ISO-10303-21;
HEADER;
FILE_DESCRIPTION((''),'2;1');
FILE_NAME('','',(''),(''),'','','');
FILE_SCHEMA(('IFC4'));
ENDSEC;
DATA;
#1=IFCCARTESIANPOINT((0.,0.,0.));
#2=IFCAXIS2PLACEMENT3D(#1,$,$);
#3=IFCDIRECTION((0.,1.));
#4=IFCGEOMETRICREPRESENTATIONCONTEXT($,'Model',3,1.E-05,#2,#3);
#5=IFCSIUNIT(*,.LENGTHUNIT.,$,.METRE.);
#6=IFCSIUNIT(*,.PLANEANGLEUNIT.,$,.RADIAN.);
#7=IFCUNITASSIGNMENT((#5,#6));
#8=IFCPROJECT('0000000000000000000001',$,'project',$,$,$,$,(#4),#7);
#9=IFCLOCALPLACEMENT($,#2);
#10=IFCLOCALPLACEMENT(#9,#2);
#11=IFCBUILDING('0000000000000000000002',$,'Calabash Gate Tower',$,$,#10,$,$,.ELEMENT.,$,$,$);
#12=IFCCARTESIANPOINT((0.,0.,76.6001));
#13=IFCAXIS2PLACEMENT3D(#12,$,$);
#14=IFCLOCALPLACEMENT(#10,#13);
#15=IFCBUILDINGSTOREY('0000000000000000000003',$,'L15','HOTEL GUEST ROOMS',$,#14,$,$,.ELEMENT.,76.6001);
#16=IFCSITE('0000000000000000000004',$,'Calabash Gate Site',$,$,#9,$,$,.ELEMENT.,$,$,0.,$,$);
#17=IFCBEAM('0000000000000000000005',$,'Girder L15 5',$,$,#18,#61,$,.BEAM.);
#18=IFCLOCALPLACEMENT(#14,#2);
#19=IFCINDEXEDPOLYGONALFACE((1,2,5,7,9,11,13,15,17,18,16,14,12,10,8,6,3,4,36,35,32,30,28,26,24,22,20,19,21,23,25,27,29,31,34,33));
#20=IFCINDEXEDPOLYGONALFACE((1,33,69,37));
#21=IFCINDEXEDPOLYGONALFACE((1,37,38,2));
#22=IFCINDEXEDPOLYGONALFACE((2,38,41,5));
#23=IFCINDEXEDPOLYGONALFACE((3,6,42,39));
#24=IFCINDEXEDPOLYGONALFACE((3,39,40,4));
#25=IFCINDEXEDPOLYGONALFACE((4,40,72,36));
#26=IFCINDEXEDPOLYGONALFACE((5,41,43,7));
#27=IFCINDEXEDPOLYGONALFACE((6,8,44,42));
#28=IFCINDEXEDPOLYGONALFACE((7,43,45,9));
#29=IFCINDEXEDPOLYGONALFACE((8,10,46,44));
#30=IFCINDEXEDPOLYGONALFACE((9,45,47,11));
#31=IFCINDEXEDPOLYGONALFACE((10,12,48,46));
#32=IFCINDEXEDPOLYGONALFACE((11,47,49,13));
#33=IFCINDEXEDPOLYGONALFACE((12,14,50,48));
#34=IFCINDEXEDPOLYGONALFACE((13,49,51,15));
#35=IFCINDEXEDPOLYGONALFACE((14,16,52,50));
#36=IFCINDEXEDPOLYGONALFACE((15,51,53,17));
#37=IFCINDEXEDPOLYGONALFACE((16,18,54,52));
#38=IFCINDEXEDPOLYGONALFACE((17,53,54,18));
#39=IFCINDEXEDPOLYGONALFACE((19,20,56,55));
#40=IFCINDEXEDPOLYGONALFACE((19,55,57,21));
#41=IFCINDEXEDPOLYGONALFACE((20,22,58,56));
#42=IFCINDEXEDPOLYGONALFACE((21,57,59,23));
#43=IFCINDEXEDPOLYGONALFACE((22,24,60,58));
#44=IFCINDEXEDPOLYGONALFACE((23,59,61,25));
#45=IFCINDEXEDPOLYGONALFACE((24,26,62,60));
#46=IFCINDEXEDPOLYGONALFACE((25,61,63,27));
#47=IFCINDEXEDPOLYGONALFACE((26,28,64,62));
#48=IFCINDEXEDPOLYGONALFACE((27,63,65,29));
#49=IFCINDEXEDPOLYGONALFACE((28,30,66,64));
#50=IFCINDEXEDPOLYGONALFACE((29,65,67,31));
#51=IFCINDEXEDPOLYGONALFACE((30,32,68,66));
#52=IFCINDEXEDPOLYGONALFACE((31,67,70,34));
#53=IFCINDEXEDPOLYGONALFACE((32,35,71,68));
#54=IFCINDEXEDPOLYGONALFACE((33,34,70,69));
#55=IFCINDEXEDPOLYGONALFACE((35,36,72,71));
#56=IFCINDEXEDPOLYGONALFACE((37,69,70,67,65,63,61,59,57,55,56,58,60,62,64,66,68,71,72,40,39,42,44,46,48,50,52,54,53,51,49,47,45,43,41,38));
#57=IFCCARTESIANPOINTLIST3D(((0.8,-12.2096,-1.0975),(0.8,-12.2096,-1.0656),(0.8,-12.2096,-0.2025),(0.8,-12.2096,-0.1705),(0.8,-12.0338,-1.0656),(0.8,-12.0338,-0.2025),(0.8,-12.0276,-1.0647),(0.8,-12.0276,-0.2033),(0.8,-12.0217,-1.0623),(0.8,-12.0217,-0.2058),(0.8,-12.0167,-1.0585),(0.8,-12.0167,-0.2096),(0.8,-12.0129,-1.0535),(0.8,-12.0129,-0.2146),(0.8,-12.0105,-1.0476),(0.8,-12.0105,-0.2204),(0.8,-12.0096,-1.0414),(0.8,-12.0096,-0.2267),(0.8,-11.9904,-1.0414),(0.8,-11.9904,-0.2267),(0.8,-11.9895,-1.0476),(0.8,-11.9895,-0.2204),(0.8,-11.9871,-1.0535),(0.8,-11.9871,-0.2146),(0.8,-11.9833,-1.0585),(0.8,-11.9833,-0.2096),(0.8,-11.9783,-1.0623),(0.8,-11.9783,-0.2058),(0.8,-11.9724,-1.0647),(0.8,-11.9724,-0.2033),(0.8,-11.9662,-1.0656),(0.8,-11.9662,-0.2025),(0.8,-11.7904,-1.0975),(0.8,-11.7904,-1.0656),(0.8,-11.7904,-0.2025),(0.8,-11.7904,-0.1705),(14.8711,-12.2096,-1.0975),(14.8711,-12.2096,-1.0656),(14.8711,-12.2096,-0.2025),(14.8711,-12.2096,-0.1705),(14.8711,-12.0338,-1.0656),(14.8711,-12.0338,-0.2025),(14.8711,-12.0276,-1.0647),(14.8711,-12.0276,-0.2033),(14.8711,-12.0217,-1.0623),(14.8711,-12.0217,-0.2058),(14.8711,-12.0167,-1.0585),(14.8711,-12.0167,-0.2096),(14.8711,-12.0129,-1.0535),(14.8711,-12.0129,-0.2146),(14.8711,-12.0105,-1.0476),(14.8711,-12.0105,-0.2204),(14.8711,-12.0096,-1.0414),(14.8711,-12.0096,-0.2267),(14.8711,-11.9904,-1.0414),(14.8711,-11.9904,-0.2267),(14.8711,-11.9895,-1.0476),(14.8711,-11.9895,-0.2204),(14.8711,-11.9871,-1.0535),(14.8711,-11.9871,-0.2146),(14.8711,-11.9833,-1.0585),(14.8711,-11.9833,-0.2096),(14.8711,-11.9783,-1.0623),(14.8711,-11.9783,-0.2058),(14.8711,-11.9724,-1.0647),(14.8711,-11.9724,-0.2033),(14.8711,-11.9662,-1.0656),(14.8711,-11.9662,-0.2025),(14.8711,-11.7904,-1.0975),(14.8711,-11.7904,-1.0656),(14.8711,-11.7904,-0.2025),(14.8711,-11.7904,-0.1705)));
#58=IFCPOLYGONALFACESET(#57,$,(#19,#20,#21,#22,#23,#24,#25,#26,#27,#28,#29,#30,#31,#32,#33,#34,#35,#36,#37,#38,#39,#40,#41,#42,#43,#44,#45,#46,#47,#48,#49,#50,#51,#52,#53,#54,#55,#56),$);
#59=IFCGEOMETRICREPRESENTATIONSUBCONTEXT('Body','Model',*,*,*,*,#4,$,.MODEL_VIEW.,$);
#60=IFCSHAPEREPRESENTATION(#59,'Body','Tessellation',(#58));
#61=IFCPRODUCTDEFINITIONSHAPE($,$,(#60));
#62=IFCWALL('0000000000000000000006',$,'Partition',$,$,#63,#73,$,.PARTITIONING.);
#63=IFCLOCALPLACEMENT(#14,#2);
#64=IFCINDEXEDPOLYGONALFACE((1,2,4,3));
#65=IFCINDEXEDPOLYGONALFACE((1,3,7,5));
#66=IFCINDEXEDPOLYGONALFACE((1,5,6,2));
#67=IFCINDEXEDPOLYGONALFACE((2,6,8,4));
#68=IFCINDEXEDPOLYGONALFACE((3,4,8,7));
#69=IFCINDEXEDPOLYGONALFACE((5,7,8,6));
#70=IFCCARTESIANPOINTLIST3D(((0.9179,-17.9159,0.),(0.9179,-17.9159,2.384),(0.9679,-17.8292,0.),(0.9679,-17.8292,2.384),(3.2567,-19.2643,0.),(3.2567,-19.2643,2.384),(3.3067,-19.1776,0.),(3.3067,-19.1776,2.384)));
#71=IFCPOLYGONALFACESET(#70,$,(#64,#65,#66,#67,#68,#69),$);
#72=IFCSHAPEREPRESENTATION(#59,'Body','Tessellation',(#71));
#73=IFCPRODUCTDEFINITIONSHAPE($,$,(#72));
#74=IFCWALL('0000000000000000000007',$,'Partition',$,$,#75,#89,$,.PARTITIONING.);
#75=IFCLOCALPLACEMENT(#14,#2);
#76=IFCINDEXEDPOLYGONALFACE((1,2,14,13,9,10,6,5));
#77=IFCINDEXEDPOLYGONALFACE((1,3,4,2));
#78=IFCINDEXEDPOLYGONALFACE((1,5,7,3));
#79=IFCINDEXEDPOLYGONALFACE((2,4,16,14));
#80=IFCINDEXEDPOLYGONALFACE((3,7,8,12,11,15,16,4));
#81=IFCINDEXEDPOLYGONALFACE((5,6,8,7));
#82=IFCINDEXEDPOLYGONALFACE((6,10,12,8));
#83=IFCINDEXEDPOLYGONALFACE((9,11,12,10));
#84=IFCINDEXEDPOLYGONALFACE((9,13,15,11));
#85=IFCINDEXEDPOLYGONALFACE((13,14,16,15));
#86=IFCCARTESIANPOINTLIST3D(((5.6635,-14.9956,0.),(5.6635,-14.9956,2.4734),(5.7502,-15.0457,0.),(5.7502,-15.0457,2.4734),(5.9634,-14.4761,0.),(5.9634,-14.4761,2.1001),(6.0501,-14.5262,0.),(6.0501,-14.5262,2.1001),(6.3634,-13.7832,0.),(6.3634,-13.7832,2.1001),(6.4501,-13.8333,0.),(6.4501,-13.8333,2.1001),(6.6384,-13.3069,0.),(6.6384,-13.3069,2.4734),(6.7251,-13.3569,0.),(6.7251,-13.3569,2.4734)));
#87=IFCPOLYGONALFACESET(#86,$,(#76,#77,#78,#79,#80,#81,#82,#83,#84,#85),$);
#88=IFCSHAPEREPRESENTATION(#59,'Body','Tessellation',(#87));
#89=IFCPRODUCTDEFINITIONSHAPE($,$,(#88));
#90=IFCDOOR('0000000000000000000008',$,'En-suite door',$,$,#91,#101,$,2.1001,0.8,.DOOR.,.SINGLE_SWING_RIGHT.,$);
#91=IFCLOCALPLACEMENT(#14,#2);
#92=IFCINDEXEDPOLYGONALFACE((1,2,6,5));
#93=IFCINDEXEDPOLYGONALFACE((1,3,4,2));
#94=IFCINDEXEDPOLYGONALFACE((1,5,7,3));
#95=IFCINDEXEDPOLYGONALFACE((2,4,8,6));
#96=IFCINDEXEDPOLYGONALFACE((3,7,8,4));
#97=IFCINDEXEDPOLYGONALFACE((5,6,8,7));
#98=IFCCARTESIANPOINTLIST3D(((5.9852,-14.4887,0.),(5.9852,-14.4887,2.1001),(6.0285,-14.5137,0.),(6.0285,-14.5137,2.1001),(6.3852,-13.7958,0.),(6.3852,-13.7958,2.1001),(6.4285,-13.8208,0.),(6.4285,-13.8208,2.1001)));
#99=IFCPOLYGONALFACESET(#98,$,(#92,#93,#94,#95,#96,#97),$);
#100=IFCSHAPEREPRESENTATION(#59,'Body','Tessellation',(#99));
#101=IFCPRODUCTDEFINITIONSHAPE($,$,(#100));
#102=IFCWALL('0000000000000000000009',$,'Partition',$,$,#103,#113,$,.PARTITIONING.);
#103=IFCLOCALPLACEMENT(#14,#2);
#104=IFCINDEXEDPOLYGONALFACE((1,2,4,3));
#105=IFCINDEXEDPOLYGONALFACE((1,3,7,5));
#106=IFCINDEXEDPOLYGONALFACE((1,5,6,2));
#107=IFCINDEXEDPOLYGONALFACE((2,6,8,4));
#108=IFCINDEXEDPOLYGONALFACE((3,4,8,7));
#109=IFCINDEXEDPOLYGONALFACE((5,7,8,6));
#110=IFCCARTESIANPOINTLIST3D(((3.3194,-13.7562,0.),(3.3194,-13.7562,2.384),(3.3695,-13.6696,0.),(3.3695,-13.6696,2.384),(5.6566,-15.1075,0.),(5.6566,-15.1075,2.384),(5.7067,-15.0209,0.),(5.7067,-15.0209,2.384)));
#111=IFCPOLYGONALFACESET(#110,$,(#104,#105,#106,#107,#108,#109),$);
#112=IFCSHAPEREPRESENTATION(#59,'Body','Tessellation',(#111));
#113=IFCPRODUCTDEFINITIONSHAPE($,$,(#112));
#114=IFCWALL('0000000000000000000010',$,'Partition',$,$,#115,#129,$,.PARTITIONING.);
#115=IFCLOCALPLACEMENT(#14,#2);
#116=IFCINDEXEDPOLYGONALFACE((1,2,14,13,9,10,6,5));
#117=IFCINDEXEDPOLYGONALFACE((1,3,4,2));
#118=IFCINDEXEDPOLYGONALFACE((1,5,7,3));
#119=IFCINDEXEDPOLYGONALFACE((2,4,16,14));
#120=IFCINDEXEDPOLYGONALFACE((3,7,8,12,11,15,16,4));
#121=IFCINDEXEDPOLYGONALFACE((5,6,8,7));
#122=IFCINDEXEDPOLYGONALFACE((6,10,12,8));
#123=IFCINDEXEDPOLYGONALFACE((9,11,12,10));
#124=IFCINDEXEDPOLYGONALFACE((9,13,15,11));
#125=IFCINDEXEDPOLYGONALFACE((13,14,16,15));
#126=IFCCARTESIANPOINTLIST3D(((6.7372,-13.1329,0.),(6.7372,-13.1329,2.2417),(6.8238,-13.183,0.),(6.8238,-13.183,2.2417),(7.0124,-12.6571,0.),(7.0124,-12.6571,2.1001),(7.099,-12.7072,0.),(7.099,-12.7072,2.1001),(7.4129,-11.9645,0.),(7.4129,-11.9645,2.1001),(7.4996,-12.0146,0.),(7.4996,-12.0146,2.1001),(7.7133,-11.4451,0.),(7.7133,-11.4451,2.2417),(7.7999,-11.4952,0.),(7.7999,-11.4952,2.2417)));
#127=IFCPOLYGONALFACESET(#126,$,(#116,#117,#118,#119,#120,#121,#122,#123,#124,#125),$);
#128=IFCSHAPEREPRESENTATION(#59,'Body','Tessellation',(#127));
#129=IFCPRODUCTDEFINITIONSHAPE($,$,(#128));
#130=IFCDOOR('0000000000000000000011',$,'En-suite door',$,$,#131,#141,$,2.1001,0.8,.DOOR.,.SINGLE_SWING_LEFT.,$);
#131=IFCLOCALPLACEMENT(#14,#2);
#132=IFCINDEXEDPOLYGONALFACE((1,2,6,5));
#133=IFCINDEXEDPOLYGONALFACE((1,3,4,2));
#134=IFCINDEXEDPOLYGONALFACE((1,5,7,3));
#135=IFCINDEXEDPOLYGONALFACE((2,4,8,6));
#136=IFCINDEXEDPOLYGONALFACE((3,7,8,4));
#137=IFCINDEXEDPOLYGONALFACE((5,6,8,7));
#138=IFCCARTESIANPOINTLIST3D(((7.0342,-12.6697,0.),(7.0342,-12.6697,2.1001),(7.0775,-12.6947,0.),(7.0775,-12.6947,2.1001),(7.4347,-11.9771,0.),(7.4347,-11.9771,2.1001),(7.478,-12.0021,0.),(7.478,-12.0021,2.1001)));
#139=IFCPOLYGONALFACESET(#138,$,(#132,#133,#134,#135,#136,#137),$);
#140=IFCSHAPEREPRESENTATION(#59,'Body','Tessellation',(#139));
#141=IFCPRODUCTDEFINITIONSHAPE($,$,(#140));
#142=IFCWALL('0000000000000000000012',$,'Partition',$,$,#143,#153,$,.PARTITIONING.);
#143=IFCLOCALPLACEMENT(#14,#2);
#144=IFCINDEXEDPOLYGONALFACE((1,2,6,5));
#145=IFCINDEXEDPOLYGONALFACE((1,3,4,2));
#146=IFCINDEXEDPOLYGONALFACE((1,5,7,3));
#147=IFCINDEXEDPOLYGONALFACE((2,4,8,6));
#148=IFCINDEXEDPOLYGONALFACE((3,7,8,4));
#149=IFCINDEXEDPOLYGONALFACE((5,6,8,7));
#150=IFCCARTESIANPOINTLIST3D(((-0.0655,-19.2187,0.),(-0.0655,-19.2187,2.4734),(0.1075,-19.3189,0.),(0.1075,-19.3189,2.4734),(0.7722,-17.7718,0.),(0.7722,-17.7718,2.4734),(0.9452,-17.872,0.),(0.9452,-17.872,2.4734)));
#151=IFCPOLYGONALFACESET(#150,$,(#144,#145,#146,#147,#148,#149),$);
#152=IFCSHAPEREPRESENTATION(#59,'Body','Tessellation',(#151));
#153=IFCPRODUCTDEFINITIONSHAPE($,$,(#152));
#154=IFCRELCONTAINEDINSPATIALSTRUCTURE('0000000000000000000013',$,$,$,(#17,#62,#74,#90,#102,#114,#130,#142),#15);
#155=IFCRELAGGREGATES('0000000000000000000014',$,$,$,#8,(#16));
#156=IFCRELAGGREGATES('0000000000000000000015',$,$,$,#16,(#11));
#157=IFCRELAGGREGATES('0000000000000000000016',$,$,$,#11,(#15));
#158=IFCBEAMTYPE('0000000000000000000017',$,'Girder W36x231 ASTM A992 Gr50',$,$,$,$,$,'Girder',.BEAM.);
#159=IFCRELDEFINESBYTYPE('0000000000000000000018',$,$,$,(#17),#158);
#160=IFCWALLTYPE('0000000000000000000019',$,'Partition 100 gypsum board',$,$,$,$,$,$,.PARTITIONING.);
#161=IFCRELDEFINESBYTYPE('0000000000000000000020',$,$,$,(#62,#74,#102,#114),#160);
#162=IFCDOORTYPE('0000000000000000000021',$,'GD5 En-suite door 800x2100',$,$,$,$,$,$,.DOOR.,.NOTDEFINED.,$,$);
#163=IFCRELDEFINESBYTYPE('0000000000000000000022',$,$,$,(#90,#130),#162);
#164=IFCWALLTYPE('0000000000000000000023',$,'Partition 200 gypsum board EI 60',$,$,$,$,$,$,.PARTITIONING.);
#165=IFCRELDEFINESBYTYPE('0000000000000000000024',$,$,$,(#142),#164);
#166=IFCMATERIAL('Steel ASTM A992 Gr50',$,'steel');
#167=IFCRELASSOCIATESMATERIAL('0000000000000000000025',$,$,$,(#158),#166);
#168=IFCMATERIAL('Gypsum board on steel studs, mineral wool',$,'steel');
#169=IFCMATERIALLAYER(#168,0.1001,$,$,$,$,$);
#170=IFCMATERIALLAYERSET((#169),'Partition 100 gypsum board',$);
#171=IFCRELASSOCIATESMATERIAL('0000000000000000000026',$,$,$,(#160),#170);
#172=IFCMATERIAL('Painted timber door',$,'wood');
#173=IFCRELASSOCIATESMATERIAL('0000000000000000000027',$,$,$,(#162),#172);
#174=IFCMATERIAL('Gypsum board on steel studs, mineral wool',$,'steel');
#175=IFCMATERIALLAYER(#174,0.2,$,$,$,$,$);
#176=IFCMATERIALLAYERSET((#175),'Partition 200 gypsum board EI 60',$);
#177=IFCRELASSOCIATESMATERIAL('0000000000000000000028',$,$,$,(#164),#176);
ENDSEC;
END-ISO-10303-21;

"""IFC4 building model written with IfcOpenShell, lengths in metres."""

from ifc_helpers import new_model, si_unit, direction, frame, frame_2d, origin, origin_2d, place, context, subcontext, project, spatial, rectangle, i_section, extrude, material, layer, layer_set, material_profile, profile_set, type_object, element, fill, save


model = new_model("IFC4")

# Units and contexts
model_context = context("Model", 3, precision=1e-05, world=origin(), true_north=direction((0.0, 1.0)))
body_context = subcontext(model_context, "Body", "Model", "MODEL_VIEW")
ifc_project = project(units=[si_unit("LENGTHUNIT", "METRE"), si_unit("PLANEANGLEUNIT", "RADIAN")], contexts=[model_context])

# Site, building, storey
site_placement = place(None, origin())
site = spatial("IfcSite", under=ifc_project, at=site_placement, Name="Calabash Gate Site", CompositionType="ELEMENT", RefElevation=0.0)
building_placement = place(site_placement, origin())
building = spatial("IfcBuilding", under=site, at=building_placement, Name="Calabash Gate Tower", CompositionType="ELEMENT")
storey_placement = place(building_placement, frame((0.0, 0.0, 76.6001)))
storey = spatial("IfcBuildingStorey", under=building, at=storey_placement, Name="L15", Description="HOTEL GUEST ROOMS", CompositionType="ELEMENT", Elevation=76.6001)

# Beam
ifc_material_1 = material(Name="Steel ASTM A992 Gr50", Category="steel")
ifc_material_profile = material_profile(ifc_material_1, i_section(OverallWidth=0.4192, OverallDepth=0.927, WebThickness=0.0193, FlangeThickness=0.032, FilletRadius=0.0242, at=origin_2d()))
ifc_profile_set = profile_set([ifc_material_profile], Name="Steel ASTM A992 Gr50")
beam_type = type_object("IfcBeamType", Name="Girder W36x231 ASTM A992 Gr50", ElementType="Girder", PredefinedType="BEAM", material=ifc_profile_set)
beam_placement = place(storey_placement, frame((0.8, -12.0, -0.634), z_axis=(1.0, 0.0, 0.0), x_axis=(0.0, 1.0, 0.0)))
element("IfcBeam", 1, at=beam_placement, inside=storey, type_object=beam_type, Name="Girder L15 5", PredefinedType="BEAM", context=body_context, shape_type="SweptSolid", body=[
    extrude(i_section(OverallWidth=0.4192, OverallDepth=0.927, WebThickness=0.0193, FlangeThickness=0.032, FilletRadius=0.0242, at=origin_2d()), origin(), (0.0, 0.0, 1.0), 14.071),
])

# Wall
ifc_material_2 = material(Name="Gypsum board on steel studs, mineral wool", Category="steel")
ifc_layer_1 = layer(ifc_material_2, 0.1001)
ifc_layer_set_1 = layer_set([ifc_layer_1], Name="Partition 100 gypsum board")
wall_type_1 = type_object("IfcWallType", Name="Partition 100 gypsum board", PredefinedType="PARTITIONING", material=ifc_layer_set_1)
wall_1_placement = place(storey_placement, frame((0.9429, -17.8726, 0.0), z_axis=(0.0, 0.0, 1.0), x_axis=(0.866339, -0.499456, 0.0)))
element("IfcWall", 2, at=wall_1_placement, inside=storey, type_object=wall_type_1, Name="Partition", PredefinedType="PARTITIONING", context=body_context, shape_type="SweptSolid", body=[
    extrude(rectangle(XDim=2.6997, YDim=0.1001, at=frame_2d((1.3499, 0.0))), origin(), (0.0, 0.0, 1.0), 2.384),
])

# Wall, opening, door
wall_2_placement = place(storey_placement, frame((5.7068, -15.0208, 0.0), z_axis=(0.0, 0.0, 1.0), x_axis=(0.49995, 0.866054, 0.0)))
wall_2 = element("IfcWall", 3, at=wall_2_placement, inside=storey, type_object=wall_type_1, Name="Partition", PredefinedType="PARTITIONING", context=body_context, shape_type="SweptSolid", body=[
    extrude(rectangle(XDim=1.95, YDim=0.1001, at=frame_2d((0.9751, 0.0))), origin(), (0.0, 0.0, 1.0), 2.4734),
])
opening_1_placement = place(wall_2_placement, frame((0.6001, 0.0, 0.0)))
opening_1 = element("IfcOpeningElement", 4, at=opening_1_placement, cuts=wall_2, PredefinedType="OPENING", context=body_context, shape_type="SweptSolid", body=[
    extrude(rectangle(XDim=0.8, YDim=2.1001, at=frame_2d((0.3999, 1.05))), frame((0.0, 0.0601, 0.0), z_axis=(0.0, -1.0, 0.0), x_axis=(1.0, 0.0, 0.0)), (0.0, 0.0, 1.0), 0.1201),
])
ifc_material_3 = material(Name="Painted timber door", Category="wood")
door_type_1 = type_object("IfcDoorType", Name="GD5 En-suite door 800x2100", OperationType="NOTDEFINED", PredefinedType="DOOR", material=ifc_material_3)
door_1_placement = place(opening_1_placement, origin())
door_1 = element("IfcDoor", 5, at=door_1_placement, inside=storey, type_object=door_type_1, Name="En-suite door", OperationType="SINGLE_SWING_RIGHT", OverallHeight=2.1001, OverallWidth=0.8, PredefinedType="DOOR", context=body_context, shape_type="SweptSolid", body=[
    extrude(rectangle(XDim=0.8, YDim=2.1001, at=frame_2d((0.3999, 1.05))), frame((0.0, 0.0249, 0.0), z_axis=(0.0, -1.0, 0.0), x_axis=(1.0, 0.0, 0.0)), (0.0, 0.0, 1.0), 0.05),
])
fill(opening_1, door_1)

# Wall
wall_3_placement = place(storey_placement, frame((3.3445, -13.7129, 0.0), z_axis=(0.0, 0.0, 1.0), x_axis=(0.865711, -0.500544, 0.0)))
element("IfcWall", 6, at=wall_3_placement, inside=storey, type_object=wall_type_1, Name="Partition", PredefinedType="PARTITIONING", context=body_context, shape_type="SweptSolid", body=[
    extrude(rectangle(XDim=2.6997, YDim=0.1001, at=frame_2d((1.3499, 0.0))), origin(), (0.0, 0.0, 1.0), 2.384),
])

# Wall, opening, door
wall_4_placement = place(storey_placement, frame((6.7805, -13.158, 0.0), z_axis=(0.0, 0.0, 1.0), x_axis=(0.500636, 0.865658, 0.0)))
wall_4 = element("IfcWall", 7, at=wall_4_placement, inside=storey, type_object=wall_type_1, Name="Partition", PredefinedType="PARTITIONING", context=body_context, shape_type="SweptSolid", body=[
    extrude(rectangle(XDim=1.9497, YDim=0.1001, at=frame_2d((0.9749, 0.0))), origin(), (0.0, 0.0, 1.0), 2.2417),
])
opening_2_placement = place(wall_4_placement, frame((0.5498, 0.0, 0.0)))
opening_2 = element("IfcOpeningElement", 8, at=opening_2_placement, cuts=wall_4, PredefinedType="OPENING", context=body_context, shape_type="SweptSolid", body=[
    extrude(rectangle(XDim=0.8, YDim=2.1001, at=frame_2d((0.3999, 1.05))), frame((0.0, 0.0601, 0.0), z_axis=(0.0, -1.0, 0.0), x_axis=(1.0, 0.0, 0.0)), (0.0, 0.0, 1.0), 0.1201),
])
door_2_placement = place(opening_2_placement, origin())
door_2 = element("IfcDoor", 9, at=door_2_placement, inside=storey, type_object=door_type_1, Name="En-suite door", OperationType="SINGLE_SWING_LEFT", OverallHeight=2.1001, OverallWidth=0.8, PredefinedType="DOOR", context=body_context, shape_type="SweptSolid", body=[
    extrude(rectangle(XDim=0.8, YDim=2.1001, at=frame_2d((0.3999, 1.05))), frame((0.0, 0.0249, 0.0), z_axis=(0.0, -1.0, 0.0), x_axis=(1.0, 0.0, 0.0)), (0.0, 0.0, 1.0), 0.05),
])
fill(opening_2, door_2)

# Wall
ifc_material_4 = material(Name="Gypsum board on steel studs, mineral wool", Category="steel")
ifc_layer_2 = layer(ifc_material_4, 0.2)
ifc_layer_set_2 = layer_set([ifc_layer_2], Name="Partition 200 gypsum board EI 60")
wall_type_2 = type_object("IfcWallType", Name="Partition 200 gypsum board EI 60", PredefinedType="PARTITIONING", material=ifc_layer_set_2)
wall_5_placement = place(storey_placement, frame((0.021, -19.2688, 0.0), z_axis=(0.0, 0.0, 1.0), x_axis=(0.501054, 0.865416, 0.0)))
element("IfcWall", 10, at=wall_5_placement, inside=storey, type_object=wall_type_2, Name="Partition", PredefinedType="PARTITIONING", context=body_context, shape_type="SweptSolid", body=[
    extrude(rectangle(XDim=1.6719, YDim=0.2, at=frame_2d((0.8359, 0.0))), origin(), (0.0, 0.0, 1.0), 2.4734),
])

save(model, "model.ifc")
